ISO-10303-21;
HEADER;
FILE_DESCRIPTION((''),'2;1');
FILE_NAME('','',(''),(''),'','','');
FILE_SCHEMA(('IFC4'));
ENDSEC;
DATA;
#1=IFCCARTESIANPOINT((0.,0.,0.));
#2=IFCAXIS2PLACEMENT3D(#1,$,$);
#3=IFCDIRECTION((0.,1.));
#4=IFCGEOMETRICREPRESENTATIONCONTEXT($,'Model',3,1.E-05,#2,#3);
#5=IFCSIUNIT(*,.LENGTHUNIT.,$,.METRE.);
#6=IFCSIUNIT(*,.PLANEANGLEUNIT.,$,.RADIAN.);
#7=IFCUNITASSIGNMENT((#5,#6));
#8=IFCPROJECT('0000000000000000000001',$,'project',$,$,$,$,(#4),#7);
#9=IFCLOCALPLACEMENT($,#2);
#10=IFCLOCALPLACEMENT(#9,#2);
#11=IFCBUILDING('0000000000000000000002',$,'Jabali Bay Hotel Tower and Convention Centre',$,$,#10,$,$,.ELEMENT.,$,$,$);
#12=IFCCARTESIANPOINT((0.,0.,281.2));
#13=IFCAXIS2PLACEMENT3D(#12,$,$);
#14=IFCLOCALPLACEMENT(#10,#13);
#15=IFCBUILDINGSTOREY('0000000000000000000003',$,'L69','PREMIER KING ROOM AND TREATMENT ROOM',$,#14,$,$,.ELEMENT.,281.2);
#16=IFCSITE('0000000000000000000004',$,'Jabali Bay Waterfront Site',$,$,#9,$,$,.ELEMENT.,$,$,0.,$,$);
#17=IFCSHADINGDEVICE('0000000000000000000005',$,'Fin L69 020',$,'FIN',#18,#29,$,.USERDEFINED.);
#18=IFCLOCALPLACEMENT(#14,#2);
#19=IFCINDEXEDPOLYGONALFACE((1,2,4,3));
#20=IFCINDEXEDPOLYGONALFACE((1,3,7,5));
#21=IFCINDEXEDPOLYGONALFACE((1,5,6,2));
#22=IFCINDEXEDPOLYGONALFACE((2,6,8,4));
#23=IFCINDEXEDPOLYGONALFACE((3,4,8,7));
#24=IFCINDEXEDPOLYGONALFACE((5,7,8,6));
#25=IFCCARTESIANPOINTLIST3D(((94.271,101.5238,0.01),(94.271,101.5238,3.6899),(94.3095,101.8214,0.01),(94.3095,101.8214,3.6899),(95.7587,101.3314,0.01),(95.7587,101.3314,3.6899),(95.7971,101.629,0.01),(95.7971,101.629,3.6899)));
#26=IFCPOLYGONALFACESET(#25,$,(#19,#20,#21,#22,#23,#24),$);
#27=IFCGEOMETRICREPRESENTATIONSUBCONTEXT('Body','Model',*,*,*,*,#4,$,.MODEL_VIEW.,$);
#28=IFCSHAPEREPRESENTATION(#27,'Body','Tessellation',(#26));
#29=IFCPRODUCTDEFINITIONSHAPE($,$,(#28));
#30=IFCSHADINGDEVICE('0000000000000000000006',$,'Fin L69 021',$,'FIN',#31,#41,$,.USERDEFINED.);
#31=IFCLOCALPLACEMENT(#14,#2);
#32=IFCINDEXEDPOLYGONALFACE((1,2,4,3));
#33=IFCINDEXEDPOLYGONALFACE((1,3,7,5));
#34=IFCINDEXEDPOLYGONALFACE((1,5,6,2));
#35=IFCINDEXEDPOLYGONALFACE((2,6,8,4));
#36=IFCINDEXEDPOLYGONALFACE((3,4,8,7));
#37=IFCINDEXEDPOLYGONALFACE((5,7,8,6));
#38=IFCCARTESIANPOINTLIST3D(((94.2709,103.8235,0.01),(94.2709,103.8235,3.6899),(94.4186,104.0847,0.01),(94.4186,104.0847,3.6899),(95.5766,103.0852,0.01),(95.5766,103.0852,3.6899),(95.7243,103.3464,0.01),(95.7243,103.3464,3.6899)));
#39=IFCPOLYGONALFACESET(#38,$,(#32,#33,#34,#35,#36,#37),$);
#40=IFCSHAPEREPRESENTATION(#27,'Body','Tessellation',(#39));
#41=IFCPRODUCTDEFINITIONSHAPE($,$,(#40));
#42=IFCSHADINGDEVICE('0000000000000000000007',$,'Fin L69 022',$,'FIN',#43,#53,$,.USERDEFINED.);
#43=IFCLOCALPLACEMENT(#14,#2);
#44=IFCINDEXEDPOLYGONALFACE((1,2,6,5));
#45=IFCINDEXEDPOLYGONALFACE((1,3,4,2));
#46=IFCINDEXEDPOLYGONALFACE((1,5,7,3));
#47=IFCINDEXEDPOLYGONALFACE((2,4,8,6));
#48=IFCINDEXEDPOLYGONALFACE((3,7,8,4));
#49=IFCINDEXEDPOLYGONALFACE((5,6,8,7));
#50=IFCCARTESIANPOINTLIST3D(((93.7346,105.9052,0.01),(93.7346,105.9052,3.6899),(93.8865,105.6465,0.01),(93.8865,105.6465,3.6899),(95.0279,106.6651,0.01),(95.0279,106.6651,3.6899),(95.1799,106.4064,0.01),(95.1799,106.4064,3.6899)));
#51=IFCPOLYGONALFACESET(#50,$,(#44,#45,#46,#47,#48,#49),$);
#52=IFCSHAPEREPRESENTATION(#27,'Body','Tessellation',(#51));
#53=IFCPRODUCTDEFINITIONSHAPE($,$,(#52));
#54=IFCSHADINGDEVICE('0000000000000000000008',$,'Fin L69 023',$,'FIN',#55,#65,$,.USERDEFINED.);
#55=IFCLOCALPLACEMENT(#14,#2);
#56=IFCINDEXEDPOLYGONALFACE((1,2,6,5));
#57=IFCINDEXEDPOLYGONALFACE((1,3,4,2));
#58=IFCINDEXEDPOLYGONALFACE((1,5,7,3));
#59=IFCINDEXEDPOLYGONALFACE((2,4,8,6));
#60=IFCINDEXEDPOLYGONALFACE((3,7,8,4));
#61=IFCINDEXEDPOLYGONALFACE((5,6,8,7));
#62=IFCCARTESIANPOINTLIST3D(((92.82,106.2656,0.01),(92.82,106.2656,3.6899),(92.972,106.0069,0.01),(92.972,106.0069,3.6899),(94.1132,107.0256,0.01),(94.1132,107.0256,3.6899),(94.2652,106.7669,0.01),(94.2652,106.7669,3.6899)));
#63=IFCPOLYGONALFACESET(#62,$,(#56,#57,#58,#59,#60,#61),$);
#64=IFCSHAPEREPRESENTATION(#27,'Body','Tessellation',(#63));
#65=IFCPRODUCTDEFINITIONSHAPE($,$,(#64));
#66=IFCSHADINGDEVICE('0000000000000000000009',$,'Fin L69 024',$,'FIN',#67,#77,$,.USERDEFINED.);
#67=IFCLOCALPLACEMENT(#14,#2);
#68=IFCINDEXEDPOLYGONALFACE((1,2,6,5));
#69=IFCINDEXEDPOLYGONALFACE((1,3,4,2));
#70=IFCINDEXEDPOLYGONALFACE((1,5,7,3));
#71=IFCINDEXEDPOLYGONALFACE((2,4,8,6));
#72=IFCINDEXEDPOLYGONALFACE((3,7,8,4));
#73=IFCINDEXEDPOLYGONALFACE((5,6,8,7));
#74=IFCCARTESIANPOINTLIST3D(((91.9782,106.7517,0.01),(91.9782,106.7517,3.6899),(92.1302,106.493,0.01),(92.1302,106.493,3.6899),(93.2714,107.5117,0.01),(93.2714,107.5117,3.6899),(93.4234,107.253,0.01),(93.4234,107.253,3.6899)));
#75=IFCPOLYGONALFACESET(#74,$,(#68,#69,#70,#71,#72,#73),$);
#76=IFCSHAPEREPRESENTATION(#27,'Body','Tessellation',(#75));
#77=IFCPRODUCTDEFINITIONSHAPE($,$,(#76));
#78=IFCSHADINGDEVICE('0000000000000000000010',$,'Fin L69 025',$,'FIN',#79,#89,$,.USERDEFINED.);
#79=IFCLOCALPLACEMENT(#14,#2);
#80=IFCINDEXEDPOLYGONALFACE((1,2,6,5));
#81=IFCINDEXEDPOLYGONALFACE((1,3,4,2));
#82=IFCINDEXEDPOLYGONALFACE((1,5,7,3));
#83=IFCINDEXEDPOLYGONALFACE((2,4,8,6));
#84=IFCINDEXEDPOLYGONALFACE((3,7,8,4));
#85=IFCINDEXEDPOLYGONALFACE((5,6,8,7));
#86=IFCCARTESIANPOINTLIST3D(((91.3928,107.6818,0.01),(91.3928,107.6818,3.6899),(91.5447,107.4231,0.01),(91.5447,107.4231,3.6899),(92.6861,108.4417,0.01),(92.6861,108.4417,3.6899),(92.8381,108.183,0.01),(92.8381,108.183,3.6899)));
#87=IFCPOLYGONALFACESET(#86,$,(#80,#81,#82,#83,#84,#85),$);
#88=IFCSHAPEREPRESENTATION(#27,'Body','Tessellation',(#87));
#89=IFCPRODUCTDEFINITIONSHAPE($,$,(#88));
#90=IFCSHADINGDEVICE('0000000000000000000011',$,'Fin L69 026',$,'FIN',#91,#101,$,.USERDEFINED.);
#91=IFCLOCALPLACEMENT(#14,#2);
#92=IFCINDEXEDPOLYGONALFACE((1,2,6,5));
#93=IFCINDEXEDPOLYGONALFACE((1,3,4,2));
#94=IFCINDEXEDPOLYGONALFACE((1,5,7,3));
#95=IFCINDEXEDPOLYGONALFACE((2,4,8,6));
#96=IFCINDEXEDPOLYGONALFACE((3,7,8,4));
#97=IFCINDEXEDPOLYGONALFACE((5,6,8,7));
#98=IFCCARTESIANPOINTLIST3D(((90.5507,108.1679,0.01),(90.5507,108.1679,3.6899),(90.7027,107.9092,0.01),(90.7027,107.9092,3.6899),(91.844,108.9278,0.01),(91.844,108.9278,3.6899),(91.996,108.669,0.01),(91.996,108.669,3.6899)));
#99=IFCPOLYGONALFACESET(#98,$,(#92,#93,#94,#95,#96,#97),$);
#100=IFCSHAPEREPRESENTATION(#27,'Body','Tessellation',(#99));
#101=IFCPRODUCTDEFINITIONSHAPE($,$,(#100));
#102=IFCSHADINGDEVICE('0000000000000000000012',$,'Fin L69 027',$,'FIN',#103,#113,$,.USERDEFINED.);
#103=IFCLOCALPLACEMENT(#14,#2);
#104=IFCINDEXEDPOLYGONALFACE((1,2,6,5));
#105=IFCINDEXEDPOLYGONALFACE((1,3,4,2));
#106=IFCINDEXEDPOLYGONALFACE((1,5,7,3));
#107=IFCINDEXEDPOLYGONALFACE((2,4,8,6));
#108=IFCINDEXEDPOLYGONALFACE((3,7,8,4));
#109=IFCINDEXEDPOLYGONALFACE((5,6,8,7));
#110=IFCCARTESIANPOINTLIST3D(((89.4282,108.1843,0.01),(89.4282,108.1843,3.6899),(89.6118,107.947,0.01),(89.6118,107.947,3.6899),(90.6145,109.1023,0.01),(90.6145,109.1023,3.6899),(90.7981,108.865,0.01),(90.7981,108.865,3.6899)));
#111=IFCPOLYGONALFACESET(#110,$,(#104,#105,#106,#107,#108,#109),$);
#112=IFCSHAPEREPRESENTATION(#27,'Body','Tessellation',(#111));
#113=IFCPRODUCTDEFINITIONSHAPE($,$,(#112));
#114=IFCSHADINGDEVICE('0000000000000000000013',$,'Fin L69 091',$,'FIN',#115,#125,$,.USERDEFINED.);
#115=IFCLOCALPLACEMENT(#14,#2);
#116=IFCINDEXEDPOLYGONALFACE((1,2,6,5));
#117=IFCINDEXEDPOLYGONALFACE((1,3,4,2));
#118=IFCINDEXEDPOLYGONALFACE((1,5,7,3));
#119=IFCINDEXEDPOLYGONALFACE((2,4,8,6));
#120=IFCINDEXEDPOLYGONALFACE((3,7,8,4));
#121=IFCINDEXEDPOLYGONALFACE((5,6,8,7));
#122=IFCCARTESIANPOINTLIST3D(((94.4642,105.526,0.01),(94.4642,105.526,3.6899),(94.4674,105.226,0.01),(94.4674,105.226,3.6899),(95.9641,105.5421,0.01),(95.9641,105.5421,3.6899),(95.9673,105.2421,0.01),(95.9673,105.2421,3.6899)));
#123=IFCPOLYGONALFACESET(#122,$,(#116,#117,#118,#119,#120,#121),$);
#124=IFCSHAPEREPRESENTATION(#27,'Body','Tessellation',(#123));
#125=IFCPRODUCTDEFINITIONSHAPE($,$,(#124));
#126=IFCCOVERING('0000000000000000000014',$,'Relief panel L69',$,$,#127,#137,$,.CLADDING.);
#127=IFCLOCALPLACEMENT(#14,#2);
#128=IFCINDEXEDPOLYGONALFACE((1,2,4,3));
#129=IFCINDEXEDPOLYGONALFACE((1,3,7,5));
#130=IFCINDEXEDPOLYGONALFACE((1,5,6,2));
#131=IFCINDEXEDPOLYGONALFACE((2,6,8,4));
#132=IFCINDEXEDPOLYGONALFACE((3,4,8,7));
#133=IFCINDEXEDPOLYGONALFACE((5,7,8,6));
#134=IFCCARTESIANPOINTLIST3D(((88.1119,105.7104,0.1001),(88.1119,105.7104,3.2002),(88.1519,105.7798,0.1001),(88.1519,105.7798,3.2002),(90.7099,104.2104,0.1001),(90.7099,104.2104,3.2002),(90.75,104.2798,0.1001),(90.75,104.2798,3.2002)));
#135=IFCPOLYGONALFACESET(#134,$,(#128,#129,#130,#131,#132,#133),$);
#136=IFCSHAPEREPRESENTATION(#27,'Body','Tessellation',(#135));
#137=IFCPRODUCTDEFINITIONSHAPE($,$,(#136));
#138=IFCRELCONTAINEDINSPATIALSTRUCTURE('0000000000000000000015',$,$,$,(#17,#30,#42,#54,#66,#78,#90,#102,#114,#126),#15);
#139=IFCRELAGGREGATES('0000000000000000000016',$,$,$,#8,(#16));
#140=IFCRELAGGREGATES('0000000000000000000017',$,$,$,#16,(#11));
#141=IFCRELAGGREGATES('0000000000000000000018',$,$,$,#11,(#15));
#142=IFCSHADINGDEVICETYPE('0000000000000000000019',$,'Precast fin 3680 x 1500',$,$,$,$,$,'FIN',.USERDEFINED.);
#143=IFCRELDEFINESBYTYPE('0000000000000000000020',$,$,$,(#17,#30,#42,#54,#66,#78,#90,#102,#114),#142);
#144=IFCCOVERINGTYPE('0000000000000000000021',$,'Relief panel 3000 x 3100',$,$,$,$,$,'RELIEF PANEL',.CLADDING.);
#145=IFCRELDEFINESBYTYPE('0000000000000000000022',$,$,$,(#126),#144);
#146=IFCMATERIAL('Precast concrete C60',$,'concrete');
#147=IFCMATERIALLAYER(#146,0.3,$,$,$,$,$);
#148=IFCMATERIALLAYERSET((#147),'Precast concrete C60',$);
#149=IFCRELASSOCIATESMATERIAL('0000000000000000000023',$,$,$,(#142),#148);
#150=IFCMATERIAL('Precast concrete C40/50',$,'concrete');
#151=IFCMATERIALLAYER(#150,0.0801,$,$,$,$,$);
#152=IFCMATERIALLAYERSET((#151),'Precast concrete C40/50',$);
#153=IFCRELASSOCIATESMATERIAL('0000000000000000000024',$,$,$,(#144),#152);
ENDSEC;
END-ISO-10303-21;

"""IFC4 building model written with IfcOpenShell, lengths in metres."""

from ifc_helpers import new_model, si_unit, direction, frame, frame_2d, origin, origin_2d, place, context, subcontext, project, spatial, rectangle, extrude, material, layer, layer_set, type_object, element, save


model = new_model("IFC4")

# Units and contexts
model_context = context("Model", 3, precision=1e-05, world=origin(), true_north=direction((0.0, 1.0)))
body_context = subcontext(model_context, "Body", "Model", "MODEL_VIEW")
ifc_project = project(units=[si_unit("LENGTHUNIT", "METRE"), si_unit("PLANEANGLEUNIT", "RADIAN")], contexts=[model_context])

# Site, building, storey
site_placement = place(None, origin())
site = spatial("IfcSite", under=ifc_project, at=site_placement, Name="Jabali Bay Waterfront Site", CompositionType="ELEMENT", RefElevation=0.0)
building_placement = place(site_placement, origin())
building = spatial("IfcBuilding", under=site, at=building_placement, Name="Jabali Bay Hotel Tower and Convention Centre", CompositionType="ELEMENT")
storey_placement = place(building_placement, frame((0.0, 0.0, 281.2)))
storey = spatial("IfcBuildingStorey", under=building, at=storey_placement, Name="L69", Description="PREMIER KING ROOM AND TREATMENT ROOM", CompositionType="ELEMENT", Elevation=281.2)

# Shading devices
ifc_material_1 = material(Name="Precast concrete C60", Category="concrete")
ifc_layer_1 = layer(ifc_material_1, 0.3)
ifc_layer_set_1 = layer_set([ifc_layer_1], Name="Precast concrete C60")
shading_device_type = type_object("IfcShadingDeviceType", Name="Precast fin 3680 x 1500", ElementType="FIN", PredefinedType="USERDEFINED", material=ifc_layer_set_1)
for number, where, z_axis, x_axis, name in (
    (1, (94.2903, 101.6726, 0.01), (0.0, 0.0, 1.0), (0.991741, -0.128261, 0.0), "Fin L69 020"),
    (2, (94.3447, 103.9541, 0.01), (0.0, 0.0, 1.0), (0.870478, -0.492207, 0.0), "Fin L69 021"),
    (3, (93.8105, 105.7759, 0.01), (0.0, 0.0, 1.0), (0.86221, 0.506551, 0.0), "Fin L69 022"),
    (4, (92.896, 106.1362, 0.01), (0.0, 0.0, 1.0), (0.862139, 0.506672, 0.0), "Fin L69 023"),
    (5, (92.0542, 106.6223, 0.01), (0.0, 0.0, 1.0), (0.862139, 0.506672, 0.0), "Fin L69 024"),
    (6, (91.4688, 107.5525, 0.01), (0.0, 0.0, 1.0), (0.86221, 0.506551, 0.0), "Fin L69 025"),
    (7, (90.6267, 108.0386, 0.01), (0.0, 0.0, 1.0), (0.86221, 0.506551, 0.0), "Fin L69 026"),
    (8, (89.52, 108.0657, 0.01), (0.0, 0.0, 1.0), (0.790866, 0.611989, 0.0), "Fin L69 027"),
    (9, (94.4658, 105.376, 0.01), (0.0, 0.0, 1.0), (0.999942, 0.010742, 0.0), "Fin L69 091"),
):
    element("IfcShadingDevice", number, at=place(storey_placement, frame(where, z_axis=z_axis, x_axis=x_axis)), inside=storey, type_object=shading_device_type, Name=name, ObjectType="FIN", PredefinedType="USERDEFINED", context=body_context, shape_type="SweptSolid", body=[
        extrude(rectangle(XDim=1.5, YDim=0.3, at=frame_2d((0.75, 0.0))), origin(), (0.0, 0.0, 1.0), 3.6799),
    ])

# Covering
ifc_material_2 = material(Name="Precast concrete C40/50", Category="concrete")
ifc_layer_2 = layer(ifc_material_2, 0.0801)
ifc_layer_set_2 = layer_set([ifc_layer_2], Name="Precast concrete C40/50")
covering_type = type_object("IfcCoveringType", Name="Relief panel 3000 x 3100", ElementType="RELIEF PANEL", PredefinedType="CLADDING", material=ifc_layer_set_2)
covering_placement = place(storey_placement, frame((89.4309, 104.9951, 0.1001), z_axis=(0.0, 0.0, 1.0), x_axis=(0.866025, -0.5, 0.0)))
element("IfcCovering", 10, at=covering_placement, inside=storey, type_object=covering_type, Name="Relief panel L69", PredefinedType="CLADDING", context=body_context, shape_type="SweptSolid", body=[
    extrude(rectangle(XDim=3.0, YDim=0.0801, at=origin_2d()), origin(), (0.0, 0.0, 1.0), 3.1001),
])

save(model, "model.ifc")
